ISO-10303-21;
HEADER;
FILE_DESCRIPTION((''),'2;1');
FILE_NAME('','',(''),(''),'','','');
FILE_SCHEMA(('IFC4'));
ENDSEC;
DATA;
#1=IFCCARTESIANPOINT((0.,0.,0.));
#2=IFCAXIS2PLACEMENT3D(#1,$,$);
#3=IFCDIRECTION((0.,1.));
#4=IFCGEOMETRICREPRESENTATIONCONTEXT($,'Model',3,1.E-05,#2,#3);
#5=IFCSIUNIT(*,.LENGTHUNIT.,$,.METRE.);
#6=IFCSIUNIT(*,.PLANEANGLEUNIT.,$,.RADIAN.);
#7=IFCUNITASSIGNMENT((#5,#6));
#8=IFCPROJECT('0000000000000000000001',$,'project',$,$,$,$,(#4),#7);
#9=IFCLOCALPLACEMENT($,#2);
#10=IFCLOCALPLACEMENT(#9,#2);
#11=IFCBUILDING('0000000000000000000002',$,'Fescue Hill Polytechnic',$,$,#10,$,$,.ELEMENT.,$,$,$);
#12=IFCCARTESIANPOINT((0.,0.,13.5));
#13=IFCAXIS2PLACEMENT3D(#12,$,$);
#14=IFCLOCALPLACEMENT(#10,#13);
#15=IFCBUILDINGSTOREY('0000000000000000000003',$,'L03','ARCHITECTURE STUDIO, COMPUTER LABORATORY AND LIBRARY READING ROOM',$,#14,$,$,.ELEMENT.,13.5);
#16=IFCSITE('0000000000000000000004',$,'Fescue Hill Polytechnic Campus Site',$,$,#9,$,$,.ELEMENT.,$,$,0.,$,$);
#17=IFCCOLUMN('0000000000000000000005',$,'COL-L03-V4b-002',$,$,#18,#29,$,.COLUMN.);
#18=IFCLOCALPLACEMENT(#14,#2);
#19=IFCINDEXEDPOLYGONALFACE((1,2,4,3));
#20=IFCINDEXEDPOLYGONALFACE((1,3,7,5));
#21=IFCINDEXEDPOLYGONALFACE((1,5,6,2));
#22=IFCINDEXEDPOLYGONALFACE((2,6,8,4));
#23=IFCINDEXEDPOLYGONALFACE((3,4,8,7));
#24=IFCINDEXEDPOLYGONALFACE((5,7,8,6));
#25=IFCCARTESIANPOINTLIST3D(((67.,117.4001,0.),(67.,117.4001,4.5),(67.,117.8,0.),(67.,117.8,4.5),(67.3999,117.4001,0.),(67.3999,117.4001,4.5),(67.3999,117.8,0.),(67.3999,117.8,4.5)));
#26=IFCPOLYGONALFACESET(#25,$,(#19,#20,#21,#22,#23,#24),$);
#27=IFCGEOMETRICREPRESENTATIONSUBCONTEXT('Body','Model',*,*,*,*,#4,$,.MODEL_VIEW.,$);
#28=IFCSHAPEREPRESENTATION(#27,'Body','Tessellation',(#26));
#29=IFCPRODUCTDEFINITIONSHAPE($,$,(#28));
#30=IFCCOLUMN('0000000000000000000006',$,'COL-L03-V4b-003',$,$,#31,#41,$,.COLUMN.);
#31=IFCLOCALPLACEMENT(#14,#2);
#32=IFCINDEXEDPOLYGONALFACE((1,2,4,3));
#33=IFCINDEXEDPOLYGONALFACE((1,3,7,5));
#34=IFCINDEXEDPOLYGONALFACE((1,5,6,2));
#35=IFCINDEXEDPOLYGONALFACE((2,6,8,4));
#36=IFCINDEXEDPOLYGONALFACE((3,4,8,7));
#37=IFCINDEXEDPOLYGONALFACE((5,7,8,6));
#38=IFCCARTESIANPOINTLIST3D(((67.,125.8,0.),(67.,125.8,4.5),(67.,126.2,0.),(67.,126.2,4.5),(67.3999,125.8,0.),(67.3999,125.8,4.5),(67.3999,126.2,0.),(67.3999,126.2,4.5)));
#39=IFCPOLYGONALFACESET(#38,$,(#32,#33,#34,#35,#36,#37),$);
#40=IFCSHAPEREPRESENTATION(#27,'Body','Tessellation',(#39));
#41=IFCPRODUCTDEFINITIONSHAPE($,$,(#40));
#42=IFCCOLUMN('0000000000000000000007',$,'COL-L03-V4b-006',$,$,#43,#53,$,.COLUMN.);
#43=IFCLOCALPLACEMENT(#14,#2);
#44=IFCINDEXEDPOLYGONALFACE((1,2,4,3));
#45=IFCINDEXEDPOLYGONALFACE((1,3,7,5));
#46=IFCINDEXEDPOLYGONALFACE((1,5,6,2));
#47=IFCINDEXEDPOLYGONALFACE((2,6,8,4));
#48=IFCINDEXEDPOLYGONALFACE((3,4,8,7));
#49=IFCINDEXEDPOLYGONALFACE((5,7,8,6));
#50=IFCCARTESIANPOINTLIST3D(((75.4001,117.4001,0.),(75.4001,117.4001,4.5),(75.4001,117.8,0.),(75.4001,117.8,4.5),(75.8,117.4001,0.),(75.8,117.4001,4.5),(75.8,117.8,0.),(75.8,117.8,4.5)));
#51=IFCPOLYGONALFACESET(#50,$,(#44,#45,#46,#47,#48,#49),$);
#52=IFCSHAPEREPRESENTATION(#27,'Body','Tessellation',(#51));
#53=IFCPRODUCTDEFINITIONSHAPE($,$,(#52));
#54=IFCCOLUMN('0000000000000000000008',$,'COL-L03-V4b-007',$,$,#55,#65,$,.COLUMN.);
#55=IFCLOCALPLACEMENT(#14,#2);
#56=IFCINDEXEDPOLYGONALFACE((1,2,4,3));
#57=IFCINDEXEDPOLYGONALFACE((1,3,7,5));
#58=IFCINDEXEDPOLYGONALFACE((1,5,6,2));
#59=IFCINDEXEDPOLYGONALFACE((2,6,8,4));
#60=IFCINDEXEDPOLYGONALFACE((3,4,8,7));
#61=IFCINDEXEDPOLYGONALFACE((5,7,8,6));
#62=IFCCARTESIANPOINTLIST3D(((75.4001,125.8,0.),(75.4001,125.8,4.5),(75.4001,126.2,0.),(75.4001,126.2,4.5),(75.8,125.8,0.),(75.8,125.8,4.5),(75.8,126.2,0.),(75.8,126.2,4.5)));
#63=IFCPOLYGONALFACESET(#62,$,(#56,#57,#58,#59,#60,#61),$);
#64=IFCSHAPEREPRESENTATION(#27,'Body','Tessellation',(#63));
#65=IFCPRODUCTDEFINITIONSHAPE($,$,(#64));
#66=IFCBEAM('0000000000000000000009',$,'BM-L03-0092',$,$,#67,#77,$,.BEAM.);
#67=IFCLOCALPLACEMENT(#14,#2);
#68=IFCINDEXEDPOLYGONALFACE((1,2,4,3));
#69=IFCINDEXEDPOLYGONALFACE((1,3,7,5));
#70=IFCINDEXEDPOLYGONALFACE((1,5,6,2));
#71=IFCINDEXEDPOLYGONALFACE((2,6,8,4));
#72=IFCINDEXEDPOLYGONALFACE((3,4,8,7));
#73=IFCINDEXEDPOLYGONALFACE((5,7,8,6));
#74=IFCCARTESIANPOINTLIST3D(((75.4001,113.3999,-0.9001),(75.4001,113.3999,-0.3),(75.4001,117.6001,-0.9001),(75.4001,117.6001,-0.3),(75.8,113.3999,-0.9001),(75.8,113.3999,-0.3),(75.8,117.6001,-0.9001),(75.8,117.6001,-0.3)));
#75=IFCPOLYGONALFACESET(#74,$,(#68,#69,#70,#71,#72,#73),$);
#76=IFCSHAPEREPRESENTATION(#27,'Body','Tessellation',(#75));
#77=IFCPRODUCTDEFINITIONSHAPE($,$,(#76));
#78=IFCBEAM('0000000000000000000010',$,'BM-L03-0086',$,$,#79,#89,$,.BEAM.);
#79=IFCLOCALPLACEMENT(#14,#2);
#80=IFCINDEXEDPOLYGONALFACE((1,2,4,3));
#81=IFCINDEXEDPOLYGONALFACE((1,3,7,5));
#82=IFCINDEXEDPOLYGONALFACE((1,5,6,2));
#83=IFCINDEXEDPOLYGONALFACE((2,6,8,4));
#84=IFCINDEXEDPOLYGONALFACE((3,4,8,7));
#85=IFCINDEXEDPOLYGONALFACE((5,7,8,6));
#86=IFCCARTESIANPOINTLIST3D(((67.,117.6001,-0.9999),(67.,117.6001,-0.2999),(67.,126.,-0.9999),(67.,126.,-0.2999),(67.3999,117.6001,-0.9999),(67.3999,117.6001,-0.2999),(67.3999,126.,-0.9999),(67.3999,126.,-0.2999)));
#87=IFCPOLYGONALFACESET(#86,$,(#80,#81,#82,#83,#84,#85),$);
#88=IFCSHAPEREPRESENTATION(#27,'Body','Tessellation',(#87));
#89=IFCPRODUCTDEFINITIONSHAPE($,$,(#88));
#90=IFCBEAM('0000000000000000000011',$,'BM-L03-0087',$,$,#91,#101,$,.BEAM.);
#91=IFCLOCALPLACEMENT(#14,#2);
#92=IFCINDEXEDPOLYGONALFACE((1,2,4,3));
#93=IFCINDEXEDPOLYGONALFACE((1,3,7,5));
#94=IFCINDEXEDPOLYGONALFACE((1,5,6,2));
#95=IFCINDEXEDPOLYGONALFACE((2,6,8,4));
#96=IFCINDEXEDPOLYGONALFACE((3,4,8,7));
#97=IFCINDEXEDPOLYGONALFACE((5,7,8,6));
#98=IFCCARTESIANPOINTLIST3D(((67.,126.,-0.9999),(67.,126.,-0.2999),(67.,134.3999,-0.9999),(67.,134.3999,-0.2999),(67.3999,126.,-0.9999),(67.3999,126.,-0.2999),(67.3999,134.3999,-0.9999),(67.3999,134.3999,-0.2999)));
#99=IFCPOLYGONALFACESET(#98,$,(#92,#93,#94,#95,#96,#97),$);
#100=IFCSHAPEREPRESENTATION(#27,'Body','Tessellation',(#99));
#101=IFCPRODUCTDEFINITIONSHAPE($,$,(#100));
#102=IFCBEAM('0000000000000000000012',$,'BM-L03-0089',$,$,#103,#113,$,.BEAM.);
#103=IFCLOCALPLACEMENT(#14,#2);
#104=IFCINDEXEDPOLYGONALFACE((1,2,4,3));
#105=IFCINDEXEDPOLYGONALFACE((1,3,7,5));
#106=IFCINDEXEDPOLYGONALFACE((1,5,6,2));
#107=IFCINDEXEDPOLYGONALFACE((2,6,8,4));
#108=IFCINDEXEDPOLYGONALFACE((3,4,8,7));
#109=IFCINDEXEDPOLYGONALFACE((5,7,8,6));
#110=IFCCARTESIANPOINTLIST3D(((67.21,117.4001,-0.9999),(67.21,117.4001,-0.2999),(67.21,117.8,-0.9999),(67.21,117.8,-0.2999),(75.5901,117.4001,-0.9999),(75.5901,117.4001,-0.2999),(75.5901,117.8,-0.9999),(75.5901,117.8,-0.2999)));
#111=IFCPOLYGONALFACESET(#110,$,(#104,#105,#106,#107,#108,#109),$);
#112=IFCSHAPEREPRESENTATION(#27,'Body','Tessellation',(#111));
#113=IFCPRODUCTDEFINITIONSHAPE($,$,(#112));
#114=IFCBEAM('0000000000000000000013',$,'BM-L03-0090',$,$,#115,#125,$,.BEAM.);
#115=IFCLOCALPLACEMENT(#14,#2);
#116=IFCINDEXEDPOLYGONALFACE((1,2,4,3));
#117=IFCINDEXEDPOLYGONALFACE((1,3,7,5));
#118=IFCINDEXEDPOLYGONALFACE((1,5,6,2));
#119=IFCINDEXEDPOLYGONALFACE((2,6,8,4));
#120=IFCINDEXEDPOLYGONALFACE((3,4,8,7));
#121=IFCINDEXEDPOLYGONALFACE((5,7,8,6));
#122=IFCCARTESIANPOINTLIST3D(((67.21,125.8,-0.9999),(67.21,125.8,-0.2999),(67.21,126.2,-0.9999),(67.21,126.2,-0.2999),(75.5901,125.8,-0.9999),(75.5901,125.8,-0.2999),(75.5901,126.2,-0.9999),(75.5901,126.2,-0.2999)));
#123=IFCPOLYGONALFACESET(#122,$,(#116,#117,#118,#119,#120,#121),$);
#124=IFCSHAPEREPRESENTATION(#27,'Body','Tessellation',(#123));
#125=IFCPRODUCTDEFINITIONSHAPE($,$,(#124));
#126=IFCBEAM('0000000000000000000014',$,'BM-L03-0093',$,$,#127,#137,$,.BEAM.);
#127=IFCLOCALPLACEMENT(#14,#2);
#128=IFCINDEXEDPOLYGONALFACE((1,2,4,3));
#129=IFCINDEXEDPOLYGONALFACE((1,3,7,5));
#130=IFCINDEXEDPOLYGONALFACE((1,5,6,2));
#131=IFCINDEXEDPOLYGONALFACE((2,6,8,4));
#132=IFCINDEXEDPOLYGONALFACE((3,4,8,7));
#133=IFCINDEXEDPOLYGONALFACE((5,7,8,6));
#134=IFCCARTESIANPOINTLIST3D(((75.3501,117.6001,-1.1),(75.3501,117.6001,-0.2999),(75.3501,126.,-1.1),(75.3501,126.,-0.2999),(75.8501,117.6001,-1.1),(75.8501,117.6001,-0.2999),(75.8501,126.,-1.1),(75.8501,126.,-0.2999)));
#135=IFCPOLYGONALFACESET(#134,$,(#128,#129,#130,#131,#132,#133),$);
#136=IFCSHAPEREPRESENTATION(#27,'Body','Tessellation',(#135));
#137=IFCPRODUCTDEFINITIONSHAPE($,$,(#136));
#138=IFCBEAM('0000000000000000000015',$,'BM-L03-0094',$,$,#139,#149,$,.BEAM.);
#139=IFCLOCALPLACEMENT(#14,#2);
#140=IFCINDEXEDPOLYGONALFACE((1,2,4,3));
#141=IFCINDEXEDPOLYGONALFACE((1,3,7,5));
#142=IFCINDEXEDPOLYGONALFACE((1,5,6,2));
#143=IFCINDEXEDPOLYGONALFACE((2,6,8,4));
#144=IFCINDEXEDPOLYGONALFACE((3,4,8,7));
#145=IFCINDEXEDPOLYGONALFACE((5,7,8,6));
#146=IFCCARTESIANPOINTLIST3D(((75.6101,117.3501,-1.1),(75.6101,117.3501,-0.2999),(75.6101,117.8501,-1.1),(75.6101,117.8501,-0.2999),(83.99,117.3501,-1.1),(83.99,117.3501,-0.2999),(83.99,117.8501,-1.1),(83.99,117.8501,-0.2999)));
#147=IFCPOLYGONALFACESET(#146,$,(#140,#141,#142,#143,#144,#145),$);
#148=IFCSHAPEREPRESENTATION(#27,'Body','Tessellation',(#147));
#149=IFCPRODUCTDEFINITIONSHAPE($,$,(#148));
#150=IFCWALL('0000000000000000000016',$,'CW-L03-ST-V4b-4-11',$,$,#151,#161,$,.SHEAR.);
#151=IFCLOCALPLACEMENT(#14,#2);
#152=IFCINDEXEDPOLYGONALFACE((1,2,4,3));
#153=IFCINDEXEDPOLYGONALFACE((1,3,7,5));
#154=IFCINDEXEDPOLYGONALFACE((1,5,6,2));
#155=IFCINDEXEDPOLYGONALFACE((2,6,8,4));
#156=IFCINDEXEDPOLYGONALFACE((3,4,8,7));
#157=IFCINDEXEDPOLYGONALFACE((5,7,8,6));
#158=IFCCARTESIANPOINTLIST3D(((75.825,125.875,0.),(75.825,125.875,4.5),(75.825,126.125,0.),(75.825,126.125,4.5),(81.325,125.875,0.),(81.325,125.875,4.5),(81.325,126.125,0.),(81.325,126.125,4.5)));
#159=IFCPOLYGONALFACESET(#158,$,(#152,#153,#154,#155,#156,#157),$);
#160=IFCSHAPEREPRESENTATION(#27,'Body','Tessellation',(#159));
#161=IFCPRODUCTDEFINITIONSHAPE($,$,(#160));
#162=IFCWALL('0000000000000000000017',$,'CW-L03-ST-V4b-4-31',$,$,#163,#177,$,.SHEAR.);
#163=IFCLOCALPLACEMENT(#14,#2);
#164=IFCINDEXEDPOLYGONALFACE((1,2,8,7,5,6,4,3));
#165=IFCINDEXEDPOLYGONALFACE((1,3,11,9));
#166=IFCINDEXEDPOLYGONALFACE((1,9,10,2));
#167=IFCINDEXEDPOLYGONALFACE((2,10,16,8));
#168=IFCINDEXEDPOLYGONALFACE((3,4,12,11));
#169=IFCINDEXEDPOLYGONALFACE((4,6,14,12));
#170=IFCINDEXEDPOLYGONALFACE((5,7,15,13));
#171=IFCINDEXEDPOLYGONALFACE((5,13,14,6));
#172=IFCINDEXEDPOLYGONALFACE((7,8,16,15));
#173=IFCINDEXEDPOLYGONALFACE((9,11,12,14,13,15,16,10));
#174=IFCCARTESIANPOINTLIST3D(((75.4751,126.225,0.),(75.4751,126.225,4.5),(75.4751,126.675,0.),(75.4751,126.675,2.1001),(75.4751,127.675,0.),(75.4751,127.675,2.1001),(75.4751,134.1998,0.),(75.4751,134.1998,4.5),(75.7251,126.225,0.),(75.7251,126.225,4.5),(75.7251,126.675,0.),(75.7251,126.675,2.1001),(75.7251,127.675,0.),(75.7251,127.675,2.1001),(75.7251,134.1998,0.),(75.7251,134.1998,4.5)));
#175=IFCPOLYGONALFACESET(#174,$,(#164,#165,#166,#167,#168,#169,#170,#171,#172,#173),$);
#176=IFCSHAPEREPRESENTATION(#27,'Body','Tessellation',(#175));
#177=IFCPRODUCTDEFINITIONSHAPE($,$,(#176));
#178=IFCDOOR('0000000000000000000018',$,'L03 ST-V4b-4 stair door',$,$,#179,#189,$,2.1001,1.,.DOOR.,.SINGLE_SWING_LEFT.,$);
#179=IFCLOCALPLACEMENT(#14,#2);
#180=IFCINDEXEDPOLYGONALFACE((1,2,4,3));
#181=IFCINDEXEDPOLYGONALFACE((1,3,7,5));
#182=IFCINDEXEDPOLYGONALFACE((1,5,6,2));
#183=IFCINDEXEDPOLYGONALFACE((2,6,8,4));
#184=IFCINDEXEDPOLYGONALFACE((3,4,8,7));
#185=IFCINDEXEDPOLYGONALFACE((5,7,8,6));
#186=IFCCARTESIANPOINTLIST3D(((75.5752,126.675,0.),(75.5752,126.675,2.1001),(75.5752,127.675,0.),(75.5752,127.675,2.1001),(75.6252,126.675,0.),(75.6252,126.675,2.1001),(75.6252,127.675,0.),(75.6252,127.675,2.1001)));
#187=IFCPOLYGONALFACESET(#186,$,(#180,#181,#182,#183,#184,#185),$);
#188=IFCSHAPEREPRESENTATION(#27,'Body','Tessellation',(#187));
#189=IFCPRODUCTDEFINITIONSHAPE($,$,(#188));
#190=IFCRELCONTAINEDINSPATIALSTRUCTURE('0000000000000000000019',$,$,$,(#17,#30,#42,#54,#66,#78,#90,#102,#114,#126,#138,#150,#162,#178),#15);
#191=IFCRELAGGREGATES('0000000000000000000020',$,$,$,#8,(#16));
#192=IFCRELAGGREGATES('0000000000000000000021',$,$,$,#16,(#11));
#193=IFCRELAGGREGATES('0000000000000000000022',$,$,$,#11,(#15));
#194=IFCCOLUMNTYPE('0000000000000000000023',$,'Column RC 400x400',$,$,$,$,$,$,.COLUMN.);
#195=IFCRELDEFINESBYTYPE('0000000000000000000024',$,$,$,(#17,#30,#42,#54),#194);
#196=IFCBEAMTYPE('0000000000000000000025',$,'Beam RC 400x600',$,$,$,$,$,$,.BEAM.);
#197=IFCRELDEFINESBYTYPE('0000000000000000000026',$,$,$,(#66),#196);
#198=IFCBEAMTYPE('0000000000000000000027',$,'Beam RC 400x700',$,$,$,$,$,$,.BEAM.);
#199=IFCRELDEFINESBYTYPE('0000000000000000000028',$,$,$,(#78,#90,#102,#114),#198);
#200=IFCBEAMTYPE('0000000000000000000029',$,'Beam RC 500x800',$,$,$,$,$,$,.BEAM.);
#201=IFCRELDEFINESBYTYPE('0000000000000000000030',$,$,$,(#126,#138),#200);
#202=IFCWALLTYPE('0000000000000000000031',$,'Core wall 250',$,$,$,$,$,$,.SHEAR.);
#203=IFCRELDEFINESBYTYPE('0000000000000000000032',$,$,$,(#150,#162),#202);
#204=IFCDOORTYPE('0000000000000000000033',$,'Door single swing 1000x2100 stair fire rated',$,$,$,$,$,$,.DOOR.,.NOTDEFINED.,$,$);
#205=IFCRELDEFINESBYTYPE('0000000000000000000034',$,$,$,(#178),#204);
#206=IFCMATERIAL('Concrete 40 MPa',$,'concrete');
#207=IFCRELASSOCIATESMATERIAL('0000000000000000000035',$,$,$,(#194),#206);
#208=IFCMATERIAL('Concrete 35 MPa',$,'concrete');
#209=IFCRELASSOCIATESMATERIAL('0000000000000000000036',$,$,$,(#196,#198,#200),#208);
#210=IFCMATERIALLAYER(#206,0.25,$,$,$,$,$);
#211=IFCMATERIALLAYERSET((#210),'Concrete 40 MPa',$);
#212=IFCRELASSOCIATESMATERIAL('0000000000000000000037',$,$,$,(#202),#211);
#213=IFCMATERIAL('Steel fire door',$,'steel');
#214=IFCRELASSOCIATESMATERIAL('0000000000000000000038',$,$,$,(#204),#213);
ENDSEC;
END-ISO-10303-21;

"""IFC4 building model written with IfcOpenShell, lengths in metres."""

from ifc_helpers import new_model, si_unit, direction, frame, frame_2d, origin, origin_2d, place, context, subcontext, project, spatial, rectangle, extrude, material, layer, layer_set, material_profile, profile_set, type_object, element, fill, save


model = new_model("IFC4")

# Units and contexts
model_context = context("Model", 3, precision=1e-05, world=origin(), true_north=direction((0.0, 1.0)))
body_context = subcontext(model_context, "Body", "Model", "MODEL_VIEW")
ifc_project = project(units=[si_unit("LENGTHUNIT", "METRE"), si_unit("PLANEANGLEUNIT", "RADIAN")], contexts=[model_context])

# Site, building, storey
site_placement = place(None, origin())
site = spatial("IfcSite", under=ifc_project, at=site_placement, Name="Fescue Hill Polytechnic Campus Site", CompositionType="ELEMENT", RefElevation=0.0)
building_placement = place(site_placement, origin())
building = spatial("IfcBuilding", under=site, at=building_placement, Name="Fescue Hill Polytechnic", CompositionType="ELEMENT")
storey_placement = place(building_placement, frame((0.0, 0.0, 13.5)))
storey = spatial("IfcBuildingStorey", under=building, at=storey_placement, Name="L03", Description="ARCHITECTURE STUDIO, COMPUTER LABORATORY AND LIBRARY READING ROOM", CompositionType="ELEMENT", Elevation=13.5)

# Columns
ifc_material_1 = material(Name="Concrete 40 MPa", Category="concrete")
ifc_material_profile_1 = material_profile(ifc_material_1, rectangle(XDim=0.3999, YDim=0.3999, at=origin_2d()), Name="RC 400x400")
ifc_profile_set_1 = profile_set([ifc_material_profile_1], Name="Concrete 40 MPa")
column_type = type_object("IfcColumnType", Name="Column RC 400x400", PredefinedType="COLUMN", material=ifc_profile_set_1)
for number, where, z_axis, x_axis, name in (
    (1, (67.2, 117.6001, 0.0), (0.0, 0.0, 1.0), (1.0, 0.0, 0.0), "COL-L03-V4b-002"),
    (2, (67.2, 126.0, 0.0), (0.0, 0.0, 1.0), (1.0, 0.0, 0.0), "COL-L03-V4b-003"),
    (3, (75.6001, 117.6001, 0.0), (0.0, 0.0, 1.0), (1.0, 0.0, 0.0), "COL-L03-V4b-006"),
    (4, (75.6001, 126.0, 0.0), (0.0, 0.0, 1.0), (1.0, 0.0, 0.0), "COL-L03-V4b-007"),
):
    element("IfcColumn", number, at=place(storey_placement, frame(where, z_axis=z_axis, x_axis=x_axis)), inside=storey, type_object=column_type, Name=name, PredefinedType="COLUMN", context=body_context, shape_type="SweptSolid", body=[
        extrude(rectangle(XDim=0.3999, YDim=0.3999, at=origin_2d()), origin(), (0.0, 0.0, 1.0), 4.5),
    ])

# Beams
ifc_material_2 = material(Name="Concrete 35 MPa", Category="concrete")
ifc_material_profile_2 = material_profile(ifc_material_2, rectangle(XDim=0.3999, YDim=0.6001, at=origin_2d()), Name="RC 400x600")
ifc_profile_set_2 = profile_set([ifc_material_profile_2], Name="Concrete 35 MPa")
beam_type_1 = type_object("IfcBeamType", Name="Beam RC 400x600", PredefinedType="BEAM", material=ifc_profile_set_2)
beam_1_placement = place(storey_placement, frame((75.6001, 113.3999, -0.6001), z_axis=(0.0, 1.0, 0.0), x_axis=(-1.0, 0.0, 0.0)))
element("IfcBeam", 5, at=beam_1_placement, inside=storey, type_object=beam_type_1, Name="BM-L03-0092", PredefinedType="BEAM", context=body_context, shape_type="SweptSolid", body=[
    extrude(rectangle(XDim=0.3999, YDim=0.6001, at=origin_2d()), origin(), (0.0, 0.0, 1.0), 4.2002),
])
ifc_material_profile_3 = material_profile(ifc_material_2, rectangle(XDim=0.3999, YDim=0.7, at=origin_2d()), Name="RC 400x700")
ifc_profile_set_3 = profile_set([ifc_material_profile_3], Name="Concrete 35 MPa")
beam_type_2 = type_object("IfcBeamType", Name="Beam RC 400x700", PredefinedType="BEAM", material=ifc_profile_set_3)
for number, where, z_axis, x_axis, name in (
    (6, (67.2, 117.6001, -0.6499), (0.0, 1.0, 0.0), (-1.0, 0.0, 0.0), "BM-L03-0086"),
    (7, (67.2, 126.0, -0.6499), (0.0, 1.0, 0.0), (-1.0, 0.0, 0.0), "BM-L03-0087"),
):
    element("IfcBeam", number, at=place(storey_placement, frame(where, z_axis=z_axis, x_axis=x_axis)), inside=storey, type_object=beam_type_2, Name=name, PredefinedType="BEAM", context=body_context, shape_type="SweptSolid", body=[
        extrude(rectangle(XDim=0.3999, YDim=0.7, at=origin_2d()), origin(), (0.0, 0.0, 1.0), 8.3999),
    ])
for number, where, z_axis, x_axis, name in (
    (8, (67.21, 117.6001, -0.6499), (1.0, 0.0, 0.0), (0.0, 1.0, 0.0), "BM-L03-0089"),
    (9, (67.21, 126.0, -0.6499), (1.0, 0.0, 0.0), (0.0, 1.0, 0.0), "BM-L03-0090"),
):
    element("IfcBeam", number, at=place(storey_placement, frame(where, z_axis=z_axis, x_axis=x_axis)), inside=storey, type_object=beam_type_2, Name=name, PredefinedType="BEAM", context=body_context, shape_type="SweptSolid", body=[
        extrude(rectangle(XDim=0.3999, YDim=0.7, at=origin_2d()), origin(), (0.0, 0.0, 1.0), 8.3801),
    ])
ifc_material_profile_4 = material_profile(ifc_material_2, rectangle(XDim=0.5, YDim=0.8, at=origin_2d()), Name="RC 500x800")
ifc_profile_set_4 = profile_set([ifc_material_profile_4], Name="Concrete 35 MPa")
beam_type_3 = type_object("IfcBeamType", Name="Beam RC 500x800", PredefinedType="BEAM", material=ifc_profile_set_4)
beam_2_placement = place(storey_placement, frame((75.6001, 117.6001, -0.7), z_axis=(0.0, 1.0, 0.0), x_axis=(-1.0, 0.0, 0.0)))
element("IfcBeam", 10, at=beam_2_placement, inside=storey, type_object=beam_type_3, Name="BM-L03-0093", PredefinedType="BEAM", context=body_context, shape_type="SweptSolid", body=[
    extrude(rectangle(XDim=0.5, YDim=0.8, at=origin_2d()), origin(), (0.0, 0.0, 1.0), 8.3999),
])
beam_3_placement = place(storey_placement, frame((75.6101, 117.6001, -0.7), z_axis=(1.0, 0.0, 0.0), x_axis=(0.0, 1.0, 0.0)))
element("IfcBeam", 11, at=beam_3_placement, inside=storey, type_object=beam_type_3, Name="BM-L03-0094", PredefinedType="BEAM", context=body_context, shape_type="SweptSolid", body=[
    extrude(rectangle(XDim=0.5, YDim=0.8, at=origin_2d()), origin(), (0.0, 0.0, 1.0), 8.3799),
])

# Wall
ifc_layer_1 = layer(ifc_material_1, 0.25)
ifc_layer_set_1 = layer_set([ifc_layer_1], Name="Concrete 40 MPa")
wall_type_1 = type_object("IfcWallType", Name="Core wall 250", PredefinedType="SHEAR", material=ifc_layer_set_1)
wall_1_placement = place(storey_placement, frame((75.825, 126.0, 0.0), z_axis=(0.0, 0.0, 1.0), x_axis=(1.0, 0.0, 0.0)))
element("IfcWall", 12, at=wall_1_placement, inside=storey, type_object=wall_type_1, Name="CW-L03-ST-V4b-4-11", PredefinedType="SHEAR", context=body_context, shape_type="SweptSolid", body=[
    extrude(rectangle(XDim=5.5, YDim=0.25, at=frame_2d((2.75, 0.0))), origin(), (0.0, 0.0, 1.0), 4.5),
])

# Wall, opening, door
wall_2_placement = place(storey_placement, frame((75.6001, 126.2251, 0.0), z_axis=(0.0, 0.0, 1.0), x_axis=(0.0, 1.0, 0.0)))
wall_2 = element("IfcWall", 13, at=wall_2_placement, inside=storey, type_object=wall_type_1, Name="CW-L03-ST-V4b-4-31", PredefinedType="SHEAR", context=body_context, shape_type="SweptSolid", body=[
    extrude(rectangle(XDim=7.9749, YDim=0.25, at=frame_2d((3.9873, 0.0))), origin(), (0.0, 0.0, 1.0), 4.5),
])
opening_1_placement = place(wall_2_placement, frame((0.45, 0.0, 0.0)))
opening_1 = element("IfcOpeningElement", 14, at=opening_1_placement, cuts=wall_2, PredefinedType="OPENING", context=body_context, shape_type="SweptSolid", body=[
    extrude(rectangle(XDim=1.0, YDim=2.1001, at=frame_2d((0.5, 1.05))), frame((0.0, 0.135, 0.0), z_axis=(0.0, -1.0, 0.0), x_axis=(1.0, 0.0, 0.0)), (0.0, 0.0, 1.0), 0.27),
])
ifc_material_3 = material(Name="Steel fire door", Category="steel")
door_type_1 = type_object("IfcDoorType", Name="Door single swing 1000x2100 stair fire rated", OperationType="NOTDEFINED", PredefinedType="DOOR", material=ifc_material_3)
door_1_placement = place(opening_1_placement, origin())
door_1 = element("IfcDoor", 15, at=door_1_placement, inside=storey, type_object=door_type_1, Name="L03 ST-V4b-4 stair door", OperationType="SINGLE_SWING_LEFT", OverallHeight=2.1001, OverallWidth=1.0, PredefinedType="DOOR", context=body_context, shape_type="SweptSolid", body=[
    extrude(rectangle(XDim=1.0, YDim=2.1001, at=frame_2d((0.5, 1.05))), frame((0.0, 0.0249, 0.0), z_axis=(0.0, -1.0, 0.0), x_axis=(1.0, 0.0, 0.0)), (0.0, 0.0, 1.0), 0.05),
])
fill(opening_1, door_1)

save(model, "model.ifc")
